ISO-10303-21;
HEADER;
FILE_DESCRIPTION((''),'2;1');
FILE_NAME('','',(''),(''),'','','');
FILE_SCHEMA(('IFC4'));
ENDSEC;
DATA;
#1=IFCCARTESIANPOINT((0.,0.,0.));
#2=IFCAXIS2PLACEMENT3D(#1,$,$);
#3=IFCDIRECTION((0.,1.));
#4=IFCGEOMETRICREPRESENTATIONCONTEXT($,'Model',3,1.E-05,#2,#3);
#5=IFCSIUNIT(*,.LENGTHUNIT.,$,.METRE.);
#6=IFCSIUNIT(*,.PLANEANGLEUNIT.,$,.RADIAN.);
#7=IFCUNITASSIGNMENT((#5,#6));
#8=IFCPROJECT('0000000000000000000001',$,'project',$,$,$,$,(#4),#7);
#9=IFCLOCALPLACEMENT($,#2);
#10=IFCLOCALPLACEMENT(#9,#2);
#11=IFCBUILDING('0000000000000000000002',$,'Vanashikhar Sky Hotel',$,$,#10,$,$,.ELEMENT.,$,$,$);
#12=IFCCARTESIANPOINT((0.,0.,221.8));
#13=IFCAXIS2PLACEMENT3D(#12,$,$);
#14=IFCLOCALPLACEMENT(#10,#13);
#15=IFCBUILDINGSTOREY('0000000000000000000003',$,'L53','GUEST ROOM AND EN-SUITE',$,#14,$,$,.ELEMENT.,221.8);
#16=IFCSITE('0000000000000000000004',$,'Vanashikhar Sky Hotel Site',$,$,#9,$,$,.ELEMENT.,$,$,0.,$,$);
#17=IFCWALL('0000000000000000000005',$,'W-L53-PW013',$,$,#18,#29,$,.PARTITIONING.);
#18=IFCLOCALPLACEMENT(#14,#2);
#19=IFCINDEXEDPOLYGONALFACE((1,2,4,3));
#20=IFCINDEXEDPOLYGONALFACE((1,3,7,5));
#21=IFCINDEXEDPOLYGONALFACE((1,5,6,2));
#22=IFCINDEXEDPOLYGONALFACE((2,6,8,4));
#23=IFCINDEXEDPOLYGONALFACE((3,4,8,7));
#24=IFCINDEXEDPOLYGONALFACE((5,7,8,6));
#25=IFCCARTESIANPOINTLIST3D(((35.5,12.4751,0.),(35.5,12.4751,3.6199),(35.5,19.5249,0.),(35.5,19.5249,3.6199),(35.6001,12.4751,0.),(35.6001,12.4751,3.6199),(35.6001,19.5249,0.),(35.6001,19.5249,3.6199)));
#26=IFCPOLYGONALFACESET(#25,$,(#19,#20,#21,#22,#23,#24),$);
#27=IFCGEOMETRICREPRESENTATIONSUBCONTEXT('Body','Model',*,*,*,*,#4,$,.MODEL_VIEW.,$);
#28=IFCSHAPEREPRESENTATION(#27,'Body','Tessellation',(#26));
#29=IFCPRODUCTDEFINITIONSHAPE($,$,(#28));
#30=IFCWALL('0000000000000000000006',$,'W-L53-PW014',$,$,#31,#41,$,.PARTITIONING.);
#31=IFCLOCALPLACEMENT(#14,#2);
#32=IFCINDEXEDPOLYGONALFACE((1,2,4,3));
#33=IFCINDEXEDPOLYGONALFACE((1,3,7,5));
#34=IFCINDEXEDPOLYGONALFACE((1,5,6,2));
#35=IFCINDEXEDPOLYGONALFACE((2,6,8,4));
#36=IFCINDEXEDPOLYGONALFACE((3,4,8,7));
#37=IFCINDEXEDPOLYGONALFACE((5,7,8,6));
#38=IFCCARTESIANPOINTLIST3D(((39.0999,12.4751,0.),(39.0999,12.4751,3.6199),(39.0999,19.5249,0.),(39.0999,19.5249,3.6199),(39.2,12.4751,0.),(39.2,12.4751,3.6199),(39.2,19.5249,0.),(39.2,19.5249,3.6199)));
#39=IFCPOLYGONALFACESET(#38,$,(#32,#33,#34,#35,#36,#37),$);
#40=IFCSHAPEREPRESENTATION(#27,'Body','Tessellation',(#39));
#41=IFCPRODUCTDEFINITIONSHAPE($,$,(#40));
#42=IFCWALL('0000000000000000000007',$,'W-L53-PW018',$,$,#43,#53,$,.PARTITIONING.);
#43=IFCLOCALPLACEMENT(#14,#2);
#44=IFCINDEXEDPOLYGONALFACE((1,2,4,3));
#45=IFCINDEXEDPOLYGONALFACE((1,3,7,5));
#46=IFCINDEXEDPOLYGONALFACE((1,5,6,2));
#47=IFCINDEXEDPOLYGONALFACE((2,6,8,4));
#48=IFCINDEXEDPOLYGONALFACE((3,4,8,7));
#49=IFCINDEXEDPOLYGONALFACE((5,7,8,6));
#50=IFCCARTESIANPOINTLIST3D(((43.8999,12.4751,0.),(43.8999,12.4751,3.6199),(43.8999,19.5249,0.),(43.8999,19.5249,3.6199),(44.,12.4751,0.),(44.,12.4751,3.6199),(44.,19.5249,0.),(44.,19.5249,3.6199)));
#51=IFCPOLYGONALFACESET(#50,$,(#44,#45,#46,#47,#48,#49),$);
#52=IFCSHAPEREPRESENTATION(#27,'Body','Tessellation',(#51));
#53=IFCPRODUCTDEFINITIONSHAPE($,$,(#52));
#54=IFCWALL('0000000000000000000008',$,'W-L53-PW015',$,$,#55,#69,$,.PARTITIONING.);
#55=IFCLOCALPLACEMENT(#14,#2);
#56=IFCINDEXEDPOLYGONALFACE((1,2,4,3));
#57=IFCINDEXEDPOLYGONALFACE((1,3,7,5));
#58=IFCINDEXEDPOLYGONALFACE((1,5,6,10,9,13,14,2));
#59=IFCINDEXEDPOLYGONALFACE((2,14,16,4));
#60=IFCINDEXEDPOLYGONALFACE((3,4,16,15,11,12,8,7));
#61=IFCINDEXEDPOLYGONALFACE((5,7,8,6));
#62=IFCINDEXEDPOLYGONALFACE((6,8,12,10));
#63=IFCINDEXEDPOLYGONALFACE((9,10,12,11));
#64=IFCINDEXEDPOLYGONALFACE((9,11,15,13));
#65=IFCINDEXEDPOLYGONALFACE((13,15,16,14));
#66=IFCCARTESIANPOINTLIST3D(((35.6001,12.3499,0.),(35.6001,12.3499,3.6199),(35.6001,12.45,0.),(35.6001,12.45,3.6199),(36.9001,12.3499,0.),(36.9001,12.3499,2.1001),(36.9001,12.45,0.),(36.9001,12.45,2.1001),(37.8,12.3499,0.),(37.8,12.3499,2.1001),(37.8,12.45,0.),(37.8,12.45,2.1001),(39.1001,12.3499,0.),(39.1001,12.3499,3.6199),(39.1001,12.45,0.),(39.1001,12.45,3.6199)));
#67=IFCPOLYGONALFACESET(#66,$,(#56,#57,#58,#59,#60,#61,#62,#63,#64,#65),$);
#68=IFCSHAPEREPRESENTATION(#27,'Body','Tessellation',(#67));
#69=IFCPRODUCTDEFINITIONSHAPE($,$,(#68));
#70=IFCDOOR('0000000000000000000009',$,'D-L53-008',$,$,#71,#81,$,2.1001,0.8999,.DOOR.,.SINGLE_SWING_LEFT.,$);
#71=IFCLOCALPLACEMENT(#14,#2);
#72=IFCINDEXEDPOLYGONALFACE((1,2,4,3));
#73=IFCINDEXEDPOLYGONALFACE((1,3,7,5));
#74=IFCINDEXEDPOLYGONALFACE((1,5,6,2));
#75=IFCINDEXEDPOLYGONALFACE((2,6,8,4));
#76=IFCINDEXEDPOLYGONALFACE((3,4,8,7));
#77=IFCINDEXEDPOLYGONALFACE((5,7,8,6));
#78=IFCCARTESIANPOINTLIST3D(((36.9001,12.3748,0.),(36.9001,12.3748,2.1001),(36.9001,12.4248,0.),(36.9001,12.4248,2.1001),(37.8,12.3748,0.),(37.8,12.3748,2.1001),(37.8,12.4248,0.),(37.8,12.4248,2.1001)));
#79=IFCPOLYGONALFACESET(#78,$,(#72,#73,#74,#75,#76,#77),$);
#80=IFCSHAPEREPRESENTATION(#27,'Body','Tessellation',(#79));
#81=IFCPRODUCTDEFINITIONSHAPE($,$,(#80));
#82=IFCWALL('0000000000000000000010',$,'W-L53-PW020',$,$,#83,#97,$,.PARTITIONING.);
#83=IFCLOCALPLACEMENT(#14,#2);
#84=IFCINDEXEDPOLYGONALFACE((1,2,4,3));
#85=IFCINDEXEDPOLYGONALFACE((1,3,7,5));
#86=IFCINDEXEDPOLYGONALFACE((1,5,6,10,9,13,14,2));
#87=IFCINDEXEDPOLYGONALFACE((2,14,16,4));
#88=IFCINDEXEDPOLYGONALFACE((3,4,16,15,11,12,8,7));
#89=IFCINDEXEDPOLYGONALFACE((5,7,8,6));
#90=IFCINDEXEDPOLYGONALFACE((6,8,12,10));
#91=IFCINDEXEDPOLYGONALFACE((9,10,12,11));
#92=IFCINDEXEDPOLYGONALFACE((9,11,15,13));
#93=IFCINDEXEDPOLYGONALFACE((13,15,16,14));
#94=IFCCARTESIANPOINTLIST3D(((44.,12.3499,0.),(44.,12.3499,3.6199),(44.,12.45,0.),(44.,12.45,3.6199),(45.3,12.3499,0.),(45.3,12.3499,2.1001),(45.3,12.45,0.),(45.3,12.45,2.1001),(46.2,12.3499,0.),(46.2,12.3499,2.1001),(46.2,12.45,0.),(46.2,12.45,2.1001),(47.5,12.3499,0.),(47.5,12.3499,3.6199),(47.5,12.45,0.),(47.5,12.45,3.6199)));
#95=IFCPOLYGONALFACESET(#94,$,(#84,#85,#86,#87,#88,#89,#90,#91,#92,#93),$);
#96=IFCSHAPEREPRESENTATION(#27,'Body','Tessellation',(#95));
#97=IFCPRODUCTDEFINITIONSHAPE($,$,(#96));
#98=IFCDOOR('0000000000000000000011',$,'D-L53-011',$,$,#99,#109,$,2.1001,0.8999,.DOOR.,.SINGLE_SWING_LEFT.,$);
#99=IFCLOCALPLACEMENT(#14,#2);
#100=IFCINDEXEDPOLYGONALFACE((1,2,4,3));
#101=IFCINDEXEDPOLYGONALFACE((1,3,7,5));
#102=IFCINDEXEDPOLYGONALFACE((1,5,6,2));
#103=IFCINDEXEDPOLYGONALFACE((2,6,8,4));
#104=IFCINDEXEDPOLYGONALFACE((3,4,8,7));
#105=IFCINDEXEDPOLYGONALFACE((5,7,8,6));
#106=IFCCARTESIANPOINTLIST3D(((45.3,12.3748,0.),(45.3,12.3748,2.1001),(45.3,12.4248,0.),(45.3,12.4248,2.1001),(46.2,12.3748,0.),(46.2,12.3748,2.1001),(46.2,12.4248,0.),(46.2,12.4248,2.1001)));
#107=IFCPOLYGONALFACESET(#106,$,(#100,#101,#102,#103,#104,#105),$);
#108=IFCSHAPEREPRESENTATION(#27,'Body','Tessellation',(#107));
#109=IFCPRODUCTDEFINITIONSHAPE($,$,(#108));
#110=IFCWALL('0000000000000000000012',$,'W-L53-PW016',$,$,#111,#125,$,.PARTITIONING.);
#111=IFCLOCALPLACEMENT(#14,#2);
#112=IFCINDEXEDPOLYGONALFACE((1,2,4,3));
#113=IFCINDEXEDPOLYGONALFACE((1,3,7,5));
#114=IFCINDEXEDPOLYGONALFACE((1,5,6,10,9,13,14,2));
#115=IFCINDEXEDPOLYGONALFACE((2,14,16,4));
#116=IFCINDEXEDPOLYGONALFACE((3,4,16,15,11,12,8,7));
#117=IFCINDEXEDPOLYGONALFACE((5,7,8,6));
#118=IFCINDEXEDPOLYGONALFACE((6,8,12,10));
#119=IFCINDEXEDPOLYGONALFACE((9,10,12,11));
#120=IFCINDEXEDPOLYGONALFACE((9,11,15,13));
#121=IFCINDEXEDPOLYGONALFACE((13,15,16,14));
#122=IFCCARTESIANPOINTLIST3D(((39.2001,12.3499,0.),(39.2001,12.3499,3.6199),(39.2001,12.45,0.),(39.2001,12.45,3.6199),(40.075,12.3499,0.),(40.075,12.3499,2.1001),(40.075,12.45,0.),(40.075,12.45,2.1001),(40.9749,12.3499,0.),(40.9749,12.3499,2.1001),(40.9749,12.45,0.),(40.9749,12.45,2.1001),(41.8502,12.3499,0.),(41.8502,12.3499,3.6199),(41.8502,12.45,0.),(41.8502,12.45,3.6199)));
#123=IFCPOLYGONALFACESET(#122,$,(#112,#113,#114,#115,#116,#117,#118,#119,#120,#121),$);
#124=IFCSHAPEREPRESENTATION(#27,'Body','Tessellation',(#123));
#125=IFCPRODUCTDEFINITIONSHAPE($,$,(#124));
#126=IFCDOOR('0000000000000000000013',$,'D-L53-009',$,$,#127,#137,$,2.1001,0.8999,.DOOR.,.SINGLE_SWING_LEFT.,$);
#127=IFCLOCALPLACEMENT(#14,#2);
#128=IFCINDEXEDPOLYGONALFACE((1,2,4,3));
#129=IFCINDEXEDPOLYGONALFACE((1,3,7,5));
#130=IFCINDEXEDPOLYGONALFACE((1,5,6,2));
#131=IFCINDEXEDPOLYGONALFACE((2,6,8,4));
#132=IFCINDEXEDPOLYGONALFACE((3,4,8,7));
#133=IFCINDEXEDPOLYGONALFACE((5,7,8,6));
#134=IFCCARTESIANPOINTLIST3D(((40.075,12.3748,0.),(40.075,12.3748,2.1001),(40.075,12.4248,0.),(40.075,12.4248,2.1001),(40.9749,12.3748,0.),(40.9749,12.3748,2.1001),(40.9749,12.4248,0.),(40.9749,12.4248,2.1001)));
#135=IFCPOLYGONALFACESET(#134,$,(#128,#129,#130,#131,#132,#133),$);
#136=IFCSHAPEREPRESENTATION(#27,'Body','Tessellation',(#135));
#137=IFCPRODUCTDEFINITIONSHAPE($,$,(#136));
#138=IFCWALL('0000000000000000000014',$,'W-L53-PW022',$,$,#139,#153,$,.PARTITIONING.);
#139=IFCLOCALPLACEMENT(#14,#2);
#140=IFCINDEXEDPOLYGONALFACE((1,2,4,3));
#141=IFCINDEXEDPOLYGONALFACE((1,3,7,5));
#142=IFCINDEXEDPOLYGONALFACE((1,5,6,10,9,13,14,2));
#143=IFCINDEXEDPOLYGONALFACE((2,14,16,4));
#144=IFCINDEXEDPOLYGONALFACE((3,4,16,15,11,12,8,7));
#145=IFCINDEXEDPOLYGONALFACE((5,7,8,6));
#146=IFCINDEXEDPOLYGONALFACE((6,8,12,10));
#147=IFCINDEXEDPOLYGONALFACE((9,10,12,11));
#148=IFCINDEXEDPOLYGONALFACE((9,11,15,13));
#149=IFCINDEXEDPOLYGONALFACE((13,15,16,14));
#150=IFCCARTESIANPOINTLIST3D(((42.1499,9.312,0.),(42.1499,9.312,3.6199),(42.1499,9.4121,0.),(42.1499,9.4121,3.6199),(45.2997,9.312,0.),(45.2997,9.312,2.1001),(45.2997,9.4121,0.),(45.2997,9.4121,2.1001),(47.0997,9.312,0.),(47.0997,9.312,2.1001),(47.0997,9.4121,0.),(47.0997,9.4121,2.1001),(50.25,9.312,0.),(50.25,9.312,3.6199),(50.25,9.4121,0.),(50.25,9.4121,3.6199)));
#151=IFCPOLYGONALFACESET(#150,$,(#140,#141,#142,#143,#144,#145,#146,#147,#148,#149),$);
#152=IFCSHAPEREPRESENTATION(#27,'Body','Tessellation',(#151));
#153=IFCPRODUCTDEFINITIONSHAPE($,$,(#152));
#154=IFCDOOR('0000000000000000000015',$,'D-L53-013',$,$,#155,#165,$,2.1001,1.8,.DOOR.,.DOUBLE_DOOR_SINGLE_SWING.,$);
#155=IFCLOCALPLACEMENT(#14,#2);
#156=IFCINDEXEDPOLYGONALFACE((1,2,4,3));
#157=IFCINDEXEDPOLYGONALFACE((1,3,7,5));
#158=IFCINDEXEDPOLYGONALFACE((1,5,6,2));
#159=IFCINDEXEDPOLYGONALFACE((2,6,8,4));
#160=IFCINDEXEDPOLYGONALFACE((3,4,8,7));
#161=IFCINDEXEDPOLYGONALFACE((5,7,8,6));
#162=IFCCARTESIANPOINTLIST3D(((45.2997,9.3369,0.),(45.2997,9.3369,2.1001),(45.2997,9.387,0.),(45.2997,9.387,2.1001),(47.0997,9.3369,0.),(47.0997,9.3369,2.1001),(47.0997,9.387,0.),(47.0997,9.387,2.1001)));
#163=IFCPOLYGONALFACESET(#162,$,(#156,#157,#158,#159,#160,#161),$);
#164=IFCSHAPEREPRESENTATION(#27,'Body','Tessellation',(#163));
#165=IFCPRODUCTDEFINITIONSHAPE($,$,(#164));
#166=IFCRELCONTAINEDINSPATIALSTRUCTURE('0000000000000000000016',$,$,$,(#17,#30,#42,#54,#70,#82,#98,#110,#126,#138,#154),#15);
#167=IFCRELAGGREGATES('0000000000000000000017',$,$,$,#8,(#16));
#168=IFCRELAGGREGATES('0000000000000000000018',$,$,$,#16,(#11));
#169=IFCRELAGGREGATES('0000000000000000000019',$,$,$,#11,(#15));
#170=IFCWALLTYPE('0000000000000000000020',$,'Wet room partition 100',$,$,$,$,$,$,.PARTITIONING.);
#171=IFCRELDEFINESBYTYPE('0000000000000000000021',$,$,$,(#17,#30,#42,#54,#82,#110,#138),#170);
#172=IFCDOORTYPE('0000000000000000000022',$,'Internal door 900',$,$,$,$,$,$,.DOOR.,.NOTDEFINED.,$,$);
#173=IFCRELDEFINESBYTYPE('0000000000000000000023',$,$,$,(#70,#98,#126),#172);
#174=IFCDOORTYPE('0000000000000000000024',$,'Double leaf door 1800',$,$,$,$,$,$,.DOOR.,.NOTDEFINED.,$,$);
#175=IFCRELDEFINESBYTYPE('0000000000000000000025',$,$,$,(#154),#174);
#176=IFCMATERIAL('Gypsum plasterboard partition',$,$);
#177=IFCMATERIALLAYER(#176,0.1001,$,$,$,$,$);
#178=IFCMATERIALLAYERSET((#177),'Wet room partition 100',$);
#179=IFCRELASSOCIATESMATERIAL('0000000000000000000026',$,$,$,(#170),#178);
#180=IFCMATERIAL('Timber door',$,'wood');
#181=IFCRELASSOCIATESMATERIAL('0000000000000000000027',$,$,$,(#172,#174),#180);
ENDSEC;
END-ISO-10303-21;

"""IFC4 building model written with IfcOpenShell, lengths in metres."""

from ifc_helpers import new_model, si_unit, direction, frame, frame_2d, origin, place, context, subcontext, project, spatial, rectangle, extrude, source, transform, mapped, material, layer, layer_set, type_object, element, fill, save


model = new_model("IFC4")

# Units and contexts
model_context = context("Model", 3, precision=1e-05, world=origin(), true_north=direction((0.0, 1.0)))
body_context = subcontext(model_context, "Body", "Model", "MODEL_VIEW")
ifc_project = project(units=[si_unit("LENGTHUNIT", "METRE"), si_unit("PLANEANGLEUNIT", "RADIAN")], contexts=[model_context])

# Site, building, storey
site_placement = place(None, origin())
site = spatial("IfcSite", under=ifc_project, at=site_placement, Name="Vanashikhar Sky Hotel Site", CompositionType="ELEMENT", RefElevation=0.0)
building_placement = place(site_placement, origin())
building = spatial("IfcBuilding", under=site, at=building_placement, Name="Vanashikhar Sky Hotel", CompositionType="ELEMENT")
storey_placement = place(building_placement, frame((0.0, 0.0, 221.8)))
storey = spatial("IfcBuildingStorey", under=building, at=storey_placement, Name="L53", Description="GUEST ROOM AND EN-SUITE", CompositionType="ELEMENT", Elevation=221.8)

# Walls
ifc_material_1 = material(Name="Gypsum plasterboard partition")
ifc_layer_1 = layer(ifc_material_1, 0.1001)
ifc_layer_set_1 = layer_set([ifc_layer_1], Name="Wet room partition 100")
wall_type_1 = type_object("IfcWallType", Name="Wet room partition 100", PredefinedType="PARTITIONING", material=ifc_layer_set_1)
shared_shape_1 = source(origin(), body_context, "Body", "SweptSolid", [
    extrude(rectangle(XDim=7.0498, YDim=0.1001, at=frame_2d((3.5249, 0.0))), origin(), (0.0, 0.0, 1.0), 3.6199),
])
for number, where, z_axis, x_axis, name in (
    (1, (35.55, 12.4751, 0.0), (0.0, 0.0, 1.0), (0.0, 1.0, 0.0), "W-L53-PW013"),
    (2, (39.1499, 12.4751, 0.0), (0.0, 0.0, 1.0), (0.0, 1.0, 0.0), "W-L53-PW014"),
    (3, (43.95, 12.4751, 0.0), (0.0, 0.0, 1.0), (0.0, 1.0, 0.0), "W-L53-PW018"),
):
    element("IfcWall", number, at=place(storey_placement, frame(where, z_axis=z_axis, x_axis=x_axis)), inside=storey, type_object=wall_type_1, Name=name, PredefinedType="PARTITIONING", context=body_context, shape_type="MappedRepresentation", body=[
        mapped(shared_shape_1, transform((0.0, 0.0, 0.0), scale=1.0)),
    ])

# Walls, openings, doors
shared_shape_2 = source(origin(), body_context, "Body", "SweptSolid", [
    extrude(rectangle(XDim=3.5, YDim=0.1001, at=frame_2d((1.75, 0.0))), origin(), (0.0, 0.0, 1.0), 3.6199),
])
wall_1_placement = place(storey_placement, frame((35.6001, 12.3999, 0.0), z_axis=(0.0, 0.0, 1.0), x_axis=(1.0, 0.0, 0.0)))
wall_1 = element("IfcWall", 4, at=wall_1_placement, inside=storey, type_object=wall_type_1, Name="W-L53-PW015", PredefinedType="PARTITIONING", context=body_context, shape_type="MappedRepresentation", body=[
    mapped(shared_shape_2, transform((0.0, 0.0, 0.0), scale=1.0)),
])
shared_shape_3 = source(origin(), body_context, "Body", "SweptSolid", [
    extrude(rectangle(XDim=0.8999, YDim=2.1001, at=frame_2d((0.45, 1.05))), frame((0.0, 0.0601, 0.0), z_axis=(0.0, -1.0, 0.0), x_axis=(1.0, 0.0, 0.0)), (0.0, 0.0, 1.0), 0.1201),
])
opening_1_placement = place(wall_1_placement, frame((1.3, 0.0, 0.0)))
opening_1 = element("IfcOpeningElement", 5, at=opening_1_placement, cuts=wall_1, PredefinedType="OPENING", context=body_context, shape_type="MappedRepresentation", body=[
    mapped(shared_shape_3, transform((0.0, 0.0, 0.0), scale=1.0)),
])
ifc_material_2 = material(Name="Timber door", Category="wood")
door_type_1 = type_object("IfcDoorType", Name="Internal door 900", OperationType="NOTDEFINED", PredefinedType="DOOR", material=ifc_material_2)
shared_shape_4 = source(origin(), body_context, "Body", "SweptSolid", [
    extrude(rectangle(XDim=0.8999, YDim=2.1001, at=frame_2d((0.45, 1.05))), frame((0.0, 0.0249, 0.0), z_axis=(0.0, -1.0, 0.0), x_axis=(1.0, 0.0, 0.0)), (0.0, 0.0, 1.0), 0.05),
])
door_1_placement = place(opening_1_placement, origin())
door_1 = element("IfcDoor", 6, at=door_1_placement, inside=storey, type_object=door_type_1, Name="D-L53-008", OperationType="SINGLE_SWING_LEFT", OverallHeight=2.1001, OverallWidth=0.8999, PredefinedType="DOOR", context=body_context, shape_type="MappedRepresentation", body=[
    mapped(shared_shape_4, transform((0.0, 0.0, 0.0), scale=1.0)),
])
fill(opening_1, door_1)
wall_2_placement = place(storey_placement, frame((44.0, 12.3999, 0.0), z_axis=(0.0, 0.0, 1.0), x_axis=(1.0, 0.0, 0.0)))
wall_2 = element("IfcWall", 7, at=wall_2_placement, inside=storey, type_object=wall_type_1, Name="W-L53-PW020", PredefinedType="PARTITIONING", context=body_context, shape_type="MappedRepresentation", body=[
    mapped(shared_shape_2, transform((0.0, 0.0, 0.0), scale=1.0)),
])
opening_2_placement = place(wall_2_placement, frame((1.3, 0.0, 0.0)))
opening_2 = element("IfcOpeningElement", 8, at=opening_2_placement, cuts=wall_2, PredefinedType="OPENING", context=body_context, shape_type="MappedRepresentation", body=[
    mapped(shared_shape_3, transform((0.0, 0.0, 0.0), scale=1.0)),
])
door_2_placement = place(opening_2_placement, origin())
door_2 = element("IfcDoor", 9, at=door_2_placement, inside=storey, type_object=door_type_1, Name="D-L53-011", OperationType="SINGLE_SWING_LEFT", OverallHeight=2.1001, OverallWidth=0.8999, PredefinedType="DOOR", context=body_context, shape_type="MappedRepresentation", body=[
    mapped(shared_shape_4, transform((0.0, 0.0, 0.0), scale=1.0)),
])
fill(opening_2, door_2)
shared_shape_5 = source(origin(), body_context, "Body", "SweptSolid", [
    extrude(rectangle(XDim=2.6501, YDim=0.1001, at=frame_2d((1.3252, 0.0))), origin(), (0.0, 0.0, 1.0), 3.6199),
])
wall_3_placement = place(storey_placement, frame((39.2, 12.3999, 0.0), z_axis=(0.0, 0.0, 1.0), x_axis=(1.0, 0.0, 0.0)))
wall_3 = element("IfcWall", 10, at=wall_3_placement, inside=storey, type_object=wall_type_1, Name="W-L53-PW016", PredefinedType="PARTITIONING", context=body_context, shape_type="MappedRepresentation", body=[
    mapped(shared_shape_5, transform((0.0, 0.0, 0.0), scale=1.0)),
])
opening_3_placement = place(wall_3_placement, frame((0.875, 0.0, 0.0)))
opening_3 = element("IfcOpeningElement", 11, at=opening_3_placement, cuts=wall_3, PredefinedType="OPENING", context=body_context, shape_type="MappedRepresentation", body=[
    mapped(shared_shape_3, transform((0.0, 0.0, 0.0), scale=1.0)),
])
door_3_placement = place(opening_3_placement, origin())
door_3 = element("IfcDoor", 12, at=door_3_placement, inside=storey, type_object=door_type_1, Name="D-L53-009", OperationType="SINGLE_SWING_LEFT", OverallHeight=2.1001, OverallWidth=0.8999, PredefinedType="DOOR", context=body_context, shape_type="MappedRepresentation", body=[
    mapped(shared_shape_4, transform((0.0, 0.0, 0.0), scale=1.0)),
])
fill(opening_3, door_3)
shared_shape_6 = source(origin(), body_context, "Body", "SweptSolid", [
    extrude(rectangle(XDim=8.1001, YDim=0.1001, at=frame_2d((4.05, 0.0))), origin(), (0.0, 0.0, 1.0), 3.6199),
])
wall_4_placement = place(storey_placement, frame((42.1499, 9.3621, 0.0), z_axis=(0.0, 0.0, 1.0), x_axis=(1.0, 0.0, 0.0)))
wall_4 = element("IfcWall", 13, at=wall_4_placement, inside=storey, type_object=wall_type_1, Name="W-L53-PW022", PredefinedType="PARTITIONING", context=body_context, shape_type="MappedRepresentation", body=[
    mapped(shared_shape_6, transform((0.0, 0.0, 0.0), scale=1.0)),
])
shared_shape_7 = source(origin(), body_context, "Body", "SweptSolid", [
    extrude(rectangle(XDim=1.8, YDim=2.1001, at=frame_2d((0.8999, 1.05))), frame((0.0, 0.0601, 0.0), z_axis=(0.0, -1.0, 0.0), x_axis=(1.0, 0.0, 0.0)), (0.0, 0.0, 1.0), 0.1201),
])
opening_4_placement = place(wall_4_placement, frame((3.1499, 0.0, 0.0)))
opening_4 = element("IfcOpeningElement", 14, at=opening_4_placement, cuts=wall_4, PredefinedType="OPENING", context=body_context, shape_type="MappedRepresentation", body=[
    mapped(shared_shape_7, transform((0.0, 0.0, 0.0), scale=1.0)),
])
door_type_2 = type_object("IfcDoorType", Name="Double leaf door 1800", OperationType="NOTDEFINED", PredefinedType="DOOR", material=ifc_material_2)
shared_shape_8 = source(origin(), body_context, "Body", "SweptSolid", [
    extrude(rectangle(XDim=1.8, YDim=2.1001, at=frame_2d((0.8999, 1.05))), frame((0.0, 0.0249, 0.0), z_axis=(0.0, -1.0, 0.0), x_axis=(1.0, 0.0, 0.0)), (0.0, 0.0, 1.0), 0.05),
])
door_4_placement = place(opening_4_placement, origin())
door_4 = element("IfcDoor", 15, at=door_4_placement, inside=storey, type_object=door_type_2, Name="D-L53-013", OperationType="DOUBLE_DOOR_SINGLE_SWING", OverallHeight=2.1001, OverallWidth=1.8, PredefinedType="DOOR", context=body_context, shape_type="MappedRepresentation", body=[
    mapped(shared_shape_8, transform((0.0, 0.0, 0.0), scale=1.0)),
])
fill(opening_4, door_4)

save(model, "model.ifc")
